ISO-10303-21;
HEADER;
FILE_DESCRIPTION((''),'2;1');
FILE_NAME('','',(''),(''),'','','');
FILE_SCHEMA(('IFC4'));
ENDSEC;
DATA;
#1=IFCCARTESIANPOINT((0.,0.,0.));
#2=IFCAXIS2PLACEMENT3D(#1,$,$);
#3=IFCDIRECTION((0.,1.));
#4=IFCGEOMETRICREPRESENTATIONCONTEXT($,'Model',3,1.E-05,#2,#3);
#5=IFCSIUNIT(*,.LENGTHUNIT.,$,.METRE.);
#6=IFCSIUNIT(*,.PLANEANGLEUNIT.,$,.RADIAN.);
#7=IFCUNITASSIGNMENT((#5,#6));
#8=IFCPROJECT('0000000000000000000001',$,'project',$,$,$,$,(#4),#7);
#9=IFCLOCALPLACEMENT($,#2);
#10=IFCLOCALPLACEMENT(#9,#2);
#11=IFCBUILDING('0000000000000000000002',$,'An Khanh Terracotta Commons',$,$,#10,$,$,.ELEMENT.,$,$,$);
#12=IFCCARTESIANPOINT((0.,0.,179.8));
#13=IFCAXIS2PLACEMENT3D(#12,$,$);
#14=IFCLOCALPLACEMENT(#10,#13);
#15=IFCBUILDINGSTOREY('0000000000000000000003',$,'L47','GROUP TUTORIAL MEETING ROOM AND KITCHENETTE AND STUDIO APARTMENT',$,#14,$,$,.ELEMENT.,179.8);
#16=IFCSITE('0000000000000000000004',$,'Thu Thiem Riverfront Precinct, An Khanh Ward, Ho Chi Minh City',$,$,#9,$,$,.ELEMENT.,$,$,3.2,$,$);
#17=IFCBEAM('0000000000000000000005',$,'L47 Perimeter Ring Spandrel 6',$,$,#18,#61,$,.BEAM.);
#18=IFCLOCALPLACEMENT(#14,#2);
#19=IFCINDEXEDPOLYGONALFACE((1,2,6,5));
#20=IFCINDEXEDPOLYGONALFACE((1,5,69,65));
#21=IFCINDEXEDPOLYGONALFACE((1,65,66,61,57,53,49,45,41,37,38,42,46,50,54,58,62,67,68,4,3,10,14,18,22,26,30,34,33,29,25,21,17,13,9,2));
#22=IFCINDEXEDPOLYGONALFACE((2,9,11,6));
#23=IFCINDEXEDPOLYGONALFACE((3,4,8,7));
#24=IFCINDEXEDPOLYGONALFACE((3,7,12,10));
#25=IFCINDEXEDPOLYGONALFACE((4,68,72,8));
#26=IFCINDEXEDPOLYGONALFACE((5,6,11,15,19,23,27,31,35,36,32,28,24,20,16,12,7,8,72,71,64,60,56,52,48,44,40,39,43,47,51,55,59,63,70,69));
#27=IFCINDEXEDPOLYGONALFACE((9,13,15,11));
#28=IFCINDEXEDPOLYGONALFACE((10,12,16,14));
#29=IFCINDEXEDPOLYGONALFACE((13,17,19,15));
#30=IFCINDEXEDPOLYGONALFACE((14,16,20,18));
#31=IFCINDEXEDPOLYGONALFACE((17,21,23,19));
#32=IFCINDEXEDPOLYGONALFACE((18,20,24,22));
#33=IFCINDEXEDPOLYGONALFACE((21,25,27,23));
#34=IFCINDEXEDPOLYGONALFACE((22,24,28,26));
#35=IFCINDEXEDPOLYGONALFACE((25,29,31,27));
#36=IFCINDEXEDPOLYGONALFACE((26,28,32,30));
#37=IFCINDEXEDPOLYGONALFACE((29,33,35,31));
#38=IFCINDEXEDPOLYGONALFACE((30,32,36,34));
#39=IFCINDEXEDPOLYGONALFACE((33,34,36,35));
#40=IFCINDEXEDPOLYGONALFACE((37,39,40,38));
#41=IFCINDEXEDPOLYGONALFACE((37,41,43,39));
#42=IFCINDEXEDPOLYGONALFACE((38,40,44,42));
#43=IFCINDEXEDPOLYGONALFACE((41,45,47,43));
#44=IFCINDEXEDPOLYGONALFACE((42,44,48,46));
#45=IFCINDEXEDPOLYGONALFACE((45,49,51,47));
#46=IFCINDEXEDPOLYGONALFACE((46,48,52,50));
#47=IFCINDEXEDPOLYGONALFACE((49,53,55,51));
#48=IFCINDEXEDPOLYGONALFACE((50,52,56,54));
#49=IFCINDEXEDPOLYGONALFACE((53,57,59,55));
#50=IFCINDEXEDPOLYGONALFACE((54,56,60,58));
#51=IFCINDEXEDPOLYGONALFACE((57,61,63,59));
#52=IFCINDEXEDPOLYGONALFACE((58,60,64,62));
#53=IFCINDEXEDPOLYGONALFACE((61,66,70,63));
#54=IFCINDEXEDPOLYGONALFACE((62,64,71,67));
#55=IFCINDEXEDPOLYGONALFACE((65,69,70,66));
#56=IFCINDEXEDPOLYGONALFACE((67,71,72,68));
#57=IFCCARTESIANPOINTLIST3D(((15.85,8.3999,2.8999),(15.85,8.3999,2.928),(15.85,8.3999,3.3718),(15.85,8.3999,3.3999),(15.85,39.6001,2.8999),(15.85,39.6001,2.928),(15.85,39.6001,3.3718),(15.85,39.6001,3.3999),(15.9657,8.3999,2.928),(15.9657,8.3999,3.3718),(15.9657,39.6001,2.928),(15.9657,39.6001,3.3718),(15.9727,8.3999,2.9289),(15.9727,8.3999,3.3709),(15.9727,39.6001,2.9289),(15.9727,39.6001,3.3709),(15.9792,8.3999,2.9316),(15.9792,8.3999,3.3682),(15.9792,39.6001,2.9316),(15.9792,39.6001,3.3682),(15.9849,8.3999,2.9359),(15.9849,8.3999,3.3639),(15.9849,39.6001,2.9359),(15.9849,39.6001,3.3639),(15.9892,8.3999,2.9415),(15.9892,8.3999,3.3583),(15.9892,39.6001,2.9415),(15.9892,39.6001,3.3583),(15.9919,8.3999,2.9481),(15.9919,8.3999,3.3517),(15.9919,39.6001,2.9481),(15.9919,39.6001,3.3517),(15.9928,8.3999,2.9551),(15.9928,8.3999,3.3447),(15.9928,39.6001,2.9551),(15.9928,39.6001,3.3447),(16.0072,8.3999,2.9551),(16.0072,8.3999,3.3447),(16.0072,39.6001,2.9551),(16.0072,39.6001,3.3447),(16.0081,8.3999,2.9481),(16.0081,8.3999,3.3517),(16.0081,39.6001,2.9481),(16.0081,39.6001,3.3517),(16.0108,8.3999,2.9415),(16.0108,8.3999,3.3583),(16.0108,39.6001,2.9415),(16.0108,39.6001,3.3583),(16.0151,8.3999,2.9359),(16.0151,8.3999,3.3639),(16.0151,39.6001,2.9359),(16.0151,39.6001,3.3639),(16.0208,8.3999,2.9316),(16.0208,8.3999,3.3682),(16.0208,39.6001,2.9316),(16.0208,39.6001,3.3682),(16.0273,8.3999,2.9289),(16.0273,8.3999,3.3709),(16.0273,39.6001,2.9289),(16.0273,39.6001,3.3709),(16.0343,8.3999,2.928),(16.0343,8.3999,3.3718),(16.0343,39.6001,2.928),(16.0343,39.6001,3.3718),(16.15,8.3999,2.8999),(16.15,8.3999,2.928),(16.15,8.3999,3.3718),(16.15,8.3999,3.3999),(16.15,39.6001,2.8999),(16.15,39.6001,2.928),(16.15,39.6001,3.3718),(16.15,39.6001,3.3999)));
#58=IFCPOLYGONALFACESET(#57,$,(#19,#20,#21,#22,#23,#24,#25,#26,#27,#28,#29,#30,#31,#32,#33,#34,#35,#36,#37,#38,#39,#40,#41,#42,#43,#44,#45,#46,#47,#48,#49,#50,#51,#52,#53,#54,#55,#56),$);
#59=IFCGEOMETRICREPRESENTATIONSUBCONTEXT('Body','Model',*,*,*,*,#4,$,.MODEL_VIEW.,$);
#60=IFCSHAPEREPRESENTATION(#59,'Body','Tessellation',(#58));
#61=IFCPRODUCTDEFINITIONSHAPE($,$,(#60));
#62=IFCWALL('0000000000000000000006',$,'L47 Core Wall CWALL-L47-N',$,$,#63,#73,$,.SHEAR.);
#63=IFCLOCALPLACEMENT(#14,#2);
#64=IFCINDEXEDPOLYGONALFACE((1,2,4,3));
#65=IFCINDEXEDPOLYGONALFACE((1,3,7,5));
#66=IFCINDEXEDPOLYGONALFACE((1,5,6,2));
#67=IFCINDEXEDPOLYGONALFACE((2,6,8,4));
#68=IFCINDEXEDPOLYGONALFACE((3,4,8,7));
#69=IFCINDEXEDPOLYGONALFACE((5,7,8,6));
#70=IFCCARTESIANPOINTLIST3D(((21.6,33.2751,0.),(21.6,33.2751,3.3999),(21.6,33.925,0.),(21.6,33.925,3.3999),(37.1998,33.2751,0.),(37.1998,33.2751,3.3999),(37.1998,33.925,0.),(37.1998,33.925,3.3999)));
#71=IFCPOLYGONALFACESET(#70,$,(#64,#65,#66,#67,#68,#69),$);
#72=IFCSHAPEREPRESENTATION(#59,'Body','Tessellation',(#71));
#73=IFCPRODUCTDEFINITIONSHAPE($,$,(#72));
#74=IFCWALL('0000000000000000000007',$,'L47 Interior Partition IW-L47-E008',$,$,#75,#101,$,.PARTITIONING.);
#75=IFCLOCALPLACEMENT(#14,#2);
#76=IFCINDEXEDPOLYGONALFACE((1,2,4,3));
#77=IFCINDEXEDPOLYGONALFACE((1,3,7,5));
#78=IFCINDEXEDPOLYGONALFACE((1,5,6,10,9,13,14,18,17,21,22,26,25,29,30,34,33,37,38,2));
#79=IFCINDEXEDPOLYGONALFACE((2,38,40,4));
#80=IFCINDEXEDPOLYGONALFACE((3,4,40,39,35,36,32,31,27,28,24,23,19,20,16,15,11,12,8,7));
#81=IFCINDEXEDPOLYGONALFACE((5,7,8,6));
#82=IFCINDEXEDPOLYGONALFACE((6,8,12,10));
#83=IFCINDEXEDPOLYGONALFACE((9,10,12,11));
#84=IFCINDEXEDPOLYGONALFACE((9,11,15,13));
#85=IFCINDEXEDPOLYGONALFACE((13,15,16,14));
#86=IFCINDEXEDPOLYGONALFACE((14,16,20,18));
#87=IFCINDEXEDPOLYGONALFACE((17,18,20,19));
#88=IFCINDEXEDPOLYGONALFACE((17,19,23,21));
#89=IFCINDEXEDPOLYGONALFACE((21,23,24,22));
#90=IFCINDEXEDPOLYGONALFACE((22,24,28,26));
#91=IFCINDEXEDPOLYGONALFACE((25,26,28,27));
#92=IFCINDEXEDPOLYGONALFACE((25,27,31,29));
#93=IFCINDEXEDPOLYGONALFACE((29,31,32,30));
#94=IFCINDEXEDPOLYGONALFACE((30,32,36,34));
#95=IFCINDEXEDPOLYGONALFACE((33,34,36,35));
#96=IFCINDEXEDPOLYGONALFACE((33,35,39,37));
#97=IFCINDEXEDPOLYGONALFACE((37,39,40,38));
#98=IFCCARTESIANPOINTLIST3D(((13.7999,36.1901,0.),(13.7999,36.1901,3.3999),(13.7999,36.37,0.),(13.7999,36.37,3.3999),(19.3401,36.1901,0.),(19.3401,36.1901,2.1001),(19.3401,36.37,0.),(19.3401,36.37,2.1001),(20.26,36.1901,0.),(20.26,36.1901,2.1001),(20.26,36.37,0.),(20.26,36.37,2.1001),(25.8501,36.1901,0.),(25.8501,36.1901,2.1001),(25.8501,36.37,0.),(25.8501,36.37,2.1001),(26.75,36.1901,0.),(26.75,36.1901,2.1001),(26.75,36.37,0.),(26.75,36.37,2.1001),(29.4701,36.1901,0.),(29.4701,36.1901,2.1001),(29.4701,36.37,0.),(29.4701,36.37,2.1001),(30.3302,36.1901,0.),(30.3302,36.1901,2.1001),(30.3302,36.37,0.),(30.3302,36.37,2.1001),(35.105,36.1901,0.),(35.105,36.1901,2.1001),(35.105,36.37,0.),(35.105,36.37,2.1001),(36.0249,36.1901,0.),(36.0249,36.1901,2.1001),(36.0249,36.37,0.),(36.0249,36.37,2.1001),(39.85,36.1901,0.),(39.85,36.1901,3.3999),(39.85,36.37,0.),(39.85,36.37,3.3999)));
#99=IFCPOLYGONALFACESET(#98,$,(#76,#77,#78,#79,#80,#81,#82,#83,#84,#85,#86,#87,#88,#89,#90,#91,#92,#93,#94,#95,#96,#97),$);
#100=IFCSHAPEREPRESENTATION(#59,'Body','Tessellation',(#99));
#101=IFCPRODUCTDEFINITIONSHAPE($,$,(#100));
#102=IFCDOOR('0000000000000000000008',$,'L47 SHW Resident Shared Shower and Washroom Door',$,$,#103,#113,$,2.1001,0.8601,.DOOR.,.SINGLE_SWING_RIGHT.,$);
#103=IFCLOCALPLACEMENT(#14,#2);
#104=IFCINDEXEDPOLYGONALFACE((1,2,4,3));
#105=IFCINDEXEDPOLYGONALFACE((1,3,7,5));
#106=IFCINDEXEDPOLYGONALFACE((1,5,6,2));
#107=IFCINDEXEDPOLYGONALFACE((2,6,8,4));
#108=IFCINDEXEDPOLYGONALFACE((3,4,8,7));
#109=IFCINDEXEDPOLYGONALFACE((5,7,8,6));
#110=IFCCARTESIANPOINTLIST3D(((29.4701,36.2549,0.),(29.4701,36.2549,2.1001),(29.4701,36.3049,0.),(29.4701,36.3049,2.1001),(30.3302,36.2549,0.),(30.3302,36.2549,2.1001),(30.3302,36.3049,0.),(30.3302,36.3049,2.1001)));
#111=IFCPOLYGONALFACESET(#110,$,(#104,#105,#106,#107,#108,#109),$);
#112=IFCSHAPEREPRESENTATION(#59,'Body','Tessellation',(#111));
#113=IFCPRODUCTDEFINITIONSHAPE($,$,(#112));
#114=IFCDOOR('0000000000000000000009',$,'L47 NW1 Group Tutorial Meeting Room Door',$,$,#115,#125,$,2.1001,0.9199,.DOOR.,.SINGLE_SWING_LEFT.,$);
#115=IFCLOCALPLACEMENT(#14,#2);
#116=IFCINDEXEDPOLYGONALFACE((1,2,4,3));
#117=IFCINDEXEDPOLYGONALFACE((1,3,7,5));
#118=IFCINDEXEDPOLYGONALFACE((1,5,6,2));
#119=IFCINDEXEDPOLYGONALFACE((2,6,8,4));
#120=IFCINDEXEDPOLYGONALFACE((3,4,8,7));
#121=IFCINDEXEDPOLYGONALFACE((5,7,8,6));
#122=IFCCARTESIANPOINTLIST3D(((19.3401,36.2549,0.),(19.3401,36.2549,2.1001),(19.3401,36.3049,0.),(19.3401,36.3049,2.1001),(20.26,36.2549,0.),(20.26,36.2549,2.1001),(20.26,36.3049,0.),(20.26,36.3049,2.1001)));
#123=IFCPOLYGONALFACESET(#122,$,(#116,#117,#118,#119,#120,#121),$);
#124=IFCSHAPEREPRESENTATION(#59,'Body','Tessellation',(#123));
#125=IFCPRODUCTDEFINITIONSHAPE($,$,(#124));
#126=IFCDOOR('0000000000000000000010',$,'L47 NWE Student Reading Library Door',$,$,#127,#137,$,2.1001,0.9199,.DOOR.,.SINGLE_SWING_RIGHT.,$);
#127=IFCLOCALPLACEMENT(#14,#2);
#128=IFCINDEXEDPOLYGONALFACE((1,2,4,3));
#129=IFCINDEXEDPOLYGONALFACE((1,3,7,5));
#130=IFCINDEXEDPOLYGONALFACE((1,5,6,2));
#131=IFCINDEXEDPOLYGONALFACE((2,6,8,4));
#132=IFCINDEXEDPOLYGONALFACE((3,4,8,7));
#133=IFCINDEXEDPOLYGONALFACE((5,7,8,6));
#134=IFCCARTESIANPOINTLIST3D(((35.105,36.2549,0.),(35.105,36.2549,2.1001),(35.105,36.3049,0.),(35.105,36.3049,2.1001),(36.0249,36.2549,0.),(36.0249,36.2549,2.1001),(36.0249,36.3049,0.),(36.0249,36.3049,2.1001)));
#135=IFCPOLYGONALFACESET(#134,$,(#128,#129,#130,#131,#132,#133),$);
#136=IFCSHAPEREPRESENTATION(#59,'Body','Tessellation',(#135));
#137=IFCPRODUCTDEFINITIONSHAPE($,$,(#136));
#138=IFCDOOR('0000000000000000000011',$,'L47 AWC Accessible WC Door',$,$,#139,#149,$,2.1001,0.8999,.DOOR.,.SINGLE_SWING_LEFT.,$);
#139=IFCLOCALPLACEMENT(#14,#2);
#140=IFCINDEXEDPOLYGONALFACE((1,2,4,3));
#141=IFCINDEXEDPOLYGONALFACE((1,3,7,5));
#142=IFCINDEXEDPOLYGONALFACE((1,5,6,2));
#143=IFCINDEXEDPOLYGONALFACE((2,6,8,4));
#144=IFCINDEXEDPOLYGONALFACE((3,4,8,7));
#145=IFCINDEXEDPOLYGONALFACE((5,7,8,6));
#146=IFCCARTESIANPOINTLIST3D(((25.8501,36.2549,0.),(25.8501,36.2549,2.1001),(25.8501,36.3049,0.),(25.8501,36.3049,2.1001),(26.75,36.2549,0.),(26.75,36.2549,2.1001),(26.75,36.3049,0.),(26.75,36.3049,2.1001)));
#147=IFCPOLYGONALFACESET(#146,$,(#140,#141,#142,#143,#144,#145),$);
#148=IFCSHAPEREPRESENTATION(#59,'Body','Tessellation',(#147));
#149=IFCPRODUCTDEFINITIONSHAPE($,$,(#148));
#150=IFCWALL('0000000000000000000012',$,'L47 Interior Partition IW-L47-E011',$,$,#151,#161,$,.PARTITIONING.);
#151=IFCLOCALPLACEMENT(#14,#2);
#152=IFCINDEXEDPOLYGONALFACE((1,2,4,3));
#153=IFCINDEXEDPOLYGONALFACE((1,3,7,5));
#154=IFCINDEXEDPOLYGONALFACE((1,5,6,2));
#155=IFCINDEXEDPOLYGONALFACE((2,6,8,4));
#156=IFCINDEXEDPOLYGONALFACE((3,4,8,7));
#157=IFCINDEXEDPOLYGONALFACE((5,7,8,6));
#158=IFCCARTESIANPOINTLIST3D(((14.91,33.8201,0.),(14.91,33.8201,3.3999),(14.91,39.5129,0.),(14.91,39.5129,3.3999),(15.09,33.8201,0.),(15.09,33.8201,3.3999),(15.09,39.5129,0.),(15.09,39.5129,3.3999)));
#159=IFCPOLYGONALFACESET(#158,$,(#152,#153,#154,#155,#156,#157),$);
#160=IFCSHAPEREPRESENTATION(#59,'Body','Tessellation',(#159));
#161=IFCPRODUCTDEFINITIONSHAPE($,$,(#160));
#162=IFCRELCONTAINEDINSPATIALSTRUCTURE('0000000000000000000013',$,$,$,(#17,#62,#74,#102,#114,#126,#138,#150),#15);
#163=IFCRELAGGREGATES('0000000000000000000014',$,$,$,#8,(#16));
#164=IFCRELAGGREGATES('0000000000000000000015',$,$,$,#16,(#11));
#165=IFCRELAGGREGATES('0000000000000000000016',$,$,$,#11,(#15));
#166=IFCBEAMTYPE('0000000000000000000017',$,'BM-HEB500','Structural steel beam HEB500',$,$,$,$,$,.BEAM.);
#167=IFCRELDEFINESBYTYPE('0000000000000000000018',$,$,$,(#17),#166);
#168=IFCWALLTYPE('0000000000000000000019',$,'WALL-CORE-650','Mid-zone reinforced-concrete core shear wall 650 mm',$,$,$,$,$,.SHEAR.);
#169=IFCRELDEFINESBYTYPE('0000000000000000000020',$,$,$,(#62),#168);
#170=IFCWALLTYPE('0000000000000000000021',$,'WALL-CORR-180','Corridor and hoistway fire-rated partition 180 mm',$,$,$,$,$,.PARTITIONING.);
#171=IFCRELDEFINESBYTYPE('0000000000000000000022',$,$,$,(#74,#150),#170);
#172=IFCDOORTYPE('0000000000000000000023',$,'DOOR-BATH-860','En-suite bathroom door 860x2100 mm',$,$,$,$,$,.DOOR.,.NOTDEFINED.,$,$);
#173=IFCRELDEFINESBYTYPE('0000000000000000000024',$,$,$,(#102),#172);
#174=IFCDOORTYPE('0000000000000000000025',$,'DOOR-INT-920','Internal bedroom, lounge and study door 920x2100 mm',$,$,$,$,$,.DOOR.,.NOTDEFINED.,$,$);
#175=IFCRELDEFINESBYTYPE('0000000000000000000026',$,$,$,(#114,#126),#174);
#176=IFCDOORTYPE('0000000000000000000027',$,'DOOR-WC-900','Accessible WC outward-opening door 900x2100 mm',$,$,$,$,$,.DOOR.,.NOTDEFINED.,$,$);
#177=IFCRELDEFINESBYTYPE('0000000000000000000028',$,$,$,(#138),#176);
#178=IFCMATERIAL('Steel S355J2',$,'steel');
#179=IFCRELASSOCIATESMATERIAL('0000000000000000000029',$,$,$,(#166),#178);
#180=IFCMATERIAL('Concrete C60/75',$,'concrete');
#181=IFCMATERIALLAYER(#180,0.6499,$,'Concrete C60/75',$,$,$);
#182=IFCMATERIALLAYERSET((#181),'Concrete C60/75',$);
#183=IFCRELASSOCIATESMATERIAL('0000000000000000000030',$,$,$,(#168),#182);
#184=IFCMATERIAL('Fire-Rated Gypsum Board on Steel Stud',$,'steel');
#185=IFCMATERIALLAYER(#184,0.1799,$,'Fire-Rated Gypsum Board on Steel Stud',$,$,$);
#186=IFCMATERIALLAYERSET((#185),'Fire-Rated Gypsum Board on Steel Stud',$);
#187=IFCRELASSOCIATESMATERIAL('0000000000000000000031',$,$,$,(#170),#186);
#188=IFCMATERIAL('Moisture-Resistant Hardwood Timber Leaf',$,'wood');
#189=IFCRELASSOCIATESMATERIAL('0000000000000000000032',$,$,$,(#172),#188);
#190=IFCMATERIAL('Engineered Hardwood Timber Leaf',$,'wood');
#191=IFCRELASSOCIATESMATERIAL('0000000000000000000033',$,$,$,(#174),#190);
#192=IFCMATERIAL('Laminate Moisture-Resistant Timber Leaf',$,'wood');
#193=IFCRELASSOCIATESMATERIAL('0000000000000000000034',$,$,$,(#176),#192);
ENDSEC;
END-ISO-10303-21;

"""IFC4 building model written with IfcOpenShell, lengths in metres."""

from ifc_helpers import new_model, si_unit, direction, frame, frame_2d, origin, origin_2d, place, context, subcontext, project, spatial, rectangle, i_section, extrude, material, layer, layer_set, material_profile, profile_set, type_object, element, fill, save


model = new_model("IFC4")

# Units and contexts
model_context = context("Model", 3, precision=1e-05, world=origin(), true_north=direction((0.0, 1.0)))
body_context = subcontext(model_context, "Body", "Model", "MODEL_VIEW")
ifc_project = project(units=[si_unit("LENGTHUNIT", "METRE"), si_unit("PLANEANGLEUNIT", "RADIAN")], contexts=[model_context])

# Site, building, storey
site_placement = place(None, origin())
site = spatial("IfcSite", under=ifc_project, at=site_placement, Name="Thu Thiem Riverfront Precinct, An Khanh Ward, Ho Chi Minh City", CompositionType="ELEMENT", RefElevation=3.2)
building_placement = place(site_placement, origin())
building = spatial("IfcBuilding", under=site, at=building_placement, Name="An Khanh Terracotta Commons", CompositionType="ELEMENT")
storey_placement = place(building_placement, frame((0.0, 0.0, 179.8)))
storey = spatial("IfcBuildingStorey", under=building, at=storey_placement, Name="L47", Description="GROUP TUTORIAL MEETING ROOM AND KITCHENETTE AND STUDIO APARTMENT", CompositionType="ELEMENT", Elevation=179.8)

# Shared definitions
ifc_material_1 = material(Name="Concrete C60/75", Category="concrete")

# Beam
ifc_material_2 = material(Name="Steel S355J2", Category="steel")
ifc_material_profile_1 = material_profile(ifc_material_2, i_section(OverallWidth=0.3, OverallDepth=0.5, WebThickness=0.0144, FlangeThickness=0.0281, FilletRadius=0.0271, at=origin_2d()), Name="HEB500")
ifc_profile_set_1 = profile_set([ifc_material_profile_1], Name="Steel S355J2")
beam_type_1 = type_object("IfcBeamType", Name="BM-HEB500", Description="Structural steel beam HEB500", PredefinedType="BEAM", material=ifc_profile_set_1)
beam_1_placement = place(storey_placement, frame((16.0, 39.6001, 3.1499), z_axis=(0.0, -1.0, 0.0), x_axis=(1.0, 0.0, 0.0)))
element("IfcBeam", 1, at=beam_1_placement, inside=storey, type_object=beam_type_1, Name="L47 Perimeter Ring Spandrel 6", PredefinedType="BEAM", context=body_context, shape_type="SweptSolid", body=[
    extrude(i_section(OverallWidth=0.3, OverallDepth=0.5, WebThickness=0.0144, FlangeThickness=0.0281, FilletRadius=0.0271, at=origin_2d()), origin(), (0.0, 0.0, 1.0), 31.2002),
])

# Wall
ifc_layer_1 = layer(ifc_material_1, 0.6499, Name="Concrete C60/75")
ifc_layer_set_1 = layer_set([ifc_layer_1], Name="Concrete C60/75")
wall_type_1 = type_object("IfcWallType", Name="WALL-CORE-650", Description="Mid-zone reinforced-concrete core shear wall 650 mm", PredefinedType="SHEAR", material=ifc_layer_set_1)
wall_1_placement = place(storey_placement, frame((21.6001, 33.6001, 0.0), z_axis=(0.0, 0.0, 1.0), x_axis=(1.0, 0.0, 0.0)))
element("IfcWall", 2, at=wall_1_placement, inside=storey, type_object=wall_type_1, Name="L47 Core Wall CWALL-L47-N", PredefinedType="SHEAR", context=body_context, shape_type="SweptSolid", body=[
    extrude(rectangle(XDim=15.5999, YDim=0.6499, at=frame_2d((7.7998, 0.0))), origin(), (0.0, 0.0, 1.0), 3.3999),
])

# Wall, openings, doors
ifc_material_3 = material(Name="Fire-Rated Gypsum Board on Steel Stud", Category="steel")
ifc_layer_2 = layer(ifc_material_3, 0.1799, Name="Fire-Rated Gypsum Board on Steel Stud")
ifc_layer_set_2 = layer_set([ifc_layer_2], Name="Fire-Rated Gypsum Board on Steel Stud")
wall_type_2 = type_object("IfcWallType", Name="WALL-CORR-180", Description="Corridor and hoistway fire-rated partition 180 mm", PredefinedType="PARTITIONING", material=ifc_layer_set_2)
wall_2_placement = place(storey_placement, frame((13.8, 36.28, 0.0), z_axis=(0.0, 0.0, 1.0), x_axis=(1.0, 0.0, 0.0)))
wall_2 = element("IfcWall", 3, at=wall_2_placement, inside=storey, type_object=wall_type_2, Name="L47 Interior Partition IW-L47-E008", PredefinedType="PARTITIONING", context=body_context, shape_type="SweptSolid", body=[
    extrude(rectangle(XDim=26.05, YDim=0.1799, at=frame_2d((13.0249, 0.0))), origin(), (0.0, 0.0, 1.0), 3.3999),
])
opening_1_placement = place(wall_2_placement, frame((12.05, 0.0, 0.0)))
opening_1 = element("IfcOpeningElement", 4, at=opening_1_placement, cuts=wall_2, PredefinedType="OPENING", context=body_context, shape_type="SweptSolid", body=[
    extrude(rectangle(XDim=0.8999, YDim=2.1001, at=frame_2d((0.45, 1.05))), frame((0.0, 0.0999, 0.0), z_axis=(0.0, -1.0, 0.0), x_axis=(1.0, 0.0, 0.0)), (0.0, 0.0, 1.0), 0.2),
])
opening_2_placement = place(wall_2_placement, frame((15.6699, 0.0, 0.0)))
opening_2 = element("IfcOpeningElement", 5, at=opening_2_placement, cuts=wall_2, PredefinedType="OPENING", context=body_context, shape_type="SweptSolid", body=[
    extrude(rectangle(XDim=0.8601, YDim=2.1001, at=frame_2d((0.4302, 1.05))), frame((0.0, 0.0999, 0.0), z_axis=(0.0, -1.0, 0.0), x_axis=(1.0, 0.0, 0.0)), (0.0, 0.0, 1.0), 0.2),
])
opening_3_placement = place(wall_2_placement, frame((5.54, 0.0, 0.0)))
opening_3 = element("IfcOpeningElement", 6, at=opening_3_placement, cuts=wall_2, PredefinedType="OPENING", context=body_context, shape_type="SweptSolid", body=[
    extrude(rectangle(XDim=0.9199, YDim=2.1001, at=frame_2d((0.46, 1.05))), frame((0.0, 0.0999, 0.0), z_axis=(0.0, -1.0, 0.0), x_axis=(1.0, 0.0, 0.0)), (0.0, 0.0, 1.0), 0.2),
])
opening_4_placement = place(wall_2_placement, frame((21.3049, 0.0, 0.0)))
opening_4 = element("IfcOpeningElement", 7, at=opening_4_placement, cuts=wall_2, PredefinedType="OPENING", context=body_context, shape_type="SweptSolid", body=[
    extrude(rectangle(XDim=0.9199, YDim=2.1001, at=frame_2d((0.46, 1.05))), frame((0.0, 0.0999, 0.0), z_axis=(0.0, -1.0, 0.0), x_axis=(1.0, 0.0, 0.0)), (0.0, 0.0, 1.0), 0.2),
])
ifc_material_4 = material(Name="Moisture-Resistant Hardwood Timber Leaf", Category="wood")
door_type_1 = type_object("IfcDoorType", Name="DOOR-BATH-860", Description="En-suite bathroom door 860x2100 mm", OperationType="NOTDEFINED", PredefinedType="DOOR", material=ifc_material_4)
door_1_placement = place(opening_2_placement, origin())
door_1 = element("IfcDoor", 8, at=door_1_placement, inside=storey, type_object=door_type_1, Name="L47 SHW Resident Shared Shower and Washroom Door", OperationType="SINGLE_SWING_RIGHT", OverallHeight=2.1001, OverallWidth=0.8601, PredefinedType="DOOR", context=body_context, shape_type="SweptSolid", body=[
    extrude(rectangle(XDim=0.8601, YDim=2.1001, at=frame_2d((0.4302, 1.05))), frame((0.0, 0.0249, 0.0), z_axis=(0.0, -1.0, 0.0), x_axis=(1.0, 0.0, 0.0)), (0.0, 0.0, 1.0), 0.05),
])
fill(opening_2, door_1)
ifc_material_5 = material(Name="Engineered Hardwood Timber Leaf", Category="wood")
door_type_2 = type_object("IfcDoorType", Name="DOOR-INT-920", Description="Internal bedroom, lounge and study door 920x2100 mm", OperationType="NOTDEFINED", PredefinedType="DOOR", material=ifc_material_5)
door_2_placement = place(opening_3_placement, origin())
door_2 = element("IfcDoor", 9, at=door_2_placement, inside=storey, type_object=door_type_2, Name="L47 NW1 Group Tutorial Meeting Room Door", OperationType="SINGLE_SWING_LEFT", OverallHeight=2.1001, OverallWidth=0.9199, PredefinedType="DOOR", context=body_context, shape_type="SweptSolid", body=[
    extrude(rectangle(XDim=0.9199, YDim=2.1001, at=frame_2d((0.46, 1.05))), frame((0.0, 0.0249, 0.0), z_axis=(0.0, -1.0, 0.0), x_axis=(1.0, 0.0, 0.0)), (0.0, 0.0, 1.0), 0.05),
])
fill(opening_3, door_2)
door_3_placement = place(opening_4_placement, origin())
door_3 = element("IfcDoor", 10, at=door_3_placement, inside=storey, type_object=door_type_2, Name="L47 NWE Student Reading Library Door", OperationType="SINGLE_SWING_RIGHT", OverallHeight=2.1001, OverallWidth=0.9199, PredefinedType="DOOR", context=body_context, shape_type="SweptSolid", body=[
    extrude(rectangle(XDim=0.9199, YDim=2.1001, at=frame_2d((0.46, 1.05))), frame((0.0, 0.0249, 0.0), z_axis=(0.0, -1.0, 0.0), x_axis=(1.0, 0.0, 0.0)), (0.0, 0.0, 1.0), 0.05),
])
fill(opening_4, door_3)
ifc_material_6 = material(Name="Laminate Moisture-Resistant Timber Leaf", Category="wood")
door_type_3 = type_object("IfcDoorType", Name="DOOR-WC-900", Description="Accessible WC outward-opening door 900x2100 mm", OperationType="NOTDEFINED", PredefinedType="DOOR", material=ifc_material_6)
door_4_placement = place(opening_1_placement, origin())
door_4 = element("IfcDoor", 11, at=door_4_placement, inside=storey, type_object=door_type_3, Name="L47 AWC Accessible WC Door", OperationType="SINGLE_SWING_LEFT", OverallHeight=2.1001, OverallWidth=0.8999, PredefinedType="DOOR", context=body_context, shape_type="SweptSolid", body=[
    extrude(rectangle(XDim=0.8999, YDim=2.1001, at=frame_2d((0.45, 1.05))), frame((0.0, 0.0249, 0.0), z_axis=(0.0, -1.0, 0.0), x_axis=(1.0, 0.0, 0.0)), (0.0, 0.0, 1.0), 0.05),
])
fill(opening_1, door_4)

# Wall
wall_3_placement = place(storey_placement, frame((15.0, 33.8201, 0.0), z_axis=(0.0, 0.0, 1.0), x_axis=(0.0, 1.0, 0.0)))
element("IfcWall", 12, at=wall_3_placement, inside=storey, type_object=wall_type_2, Name="L47 Interior Partition IW-L47-E011", PredefinedType="PARTITIONING", context=body_context, shape_type="SweptSolid", body=[
    extrude(rectangle(XDim=5.6929, YDim=0.1799, at=frame_2d((2.8464, 0.0))), origin(), (0.0, 0.0, 1.0), 3.3999),
])

save(model, "model.ifc")
